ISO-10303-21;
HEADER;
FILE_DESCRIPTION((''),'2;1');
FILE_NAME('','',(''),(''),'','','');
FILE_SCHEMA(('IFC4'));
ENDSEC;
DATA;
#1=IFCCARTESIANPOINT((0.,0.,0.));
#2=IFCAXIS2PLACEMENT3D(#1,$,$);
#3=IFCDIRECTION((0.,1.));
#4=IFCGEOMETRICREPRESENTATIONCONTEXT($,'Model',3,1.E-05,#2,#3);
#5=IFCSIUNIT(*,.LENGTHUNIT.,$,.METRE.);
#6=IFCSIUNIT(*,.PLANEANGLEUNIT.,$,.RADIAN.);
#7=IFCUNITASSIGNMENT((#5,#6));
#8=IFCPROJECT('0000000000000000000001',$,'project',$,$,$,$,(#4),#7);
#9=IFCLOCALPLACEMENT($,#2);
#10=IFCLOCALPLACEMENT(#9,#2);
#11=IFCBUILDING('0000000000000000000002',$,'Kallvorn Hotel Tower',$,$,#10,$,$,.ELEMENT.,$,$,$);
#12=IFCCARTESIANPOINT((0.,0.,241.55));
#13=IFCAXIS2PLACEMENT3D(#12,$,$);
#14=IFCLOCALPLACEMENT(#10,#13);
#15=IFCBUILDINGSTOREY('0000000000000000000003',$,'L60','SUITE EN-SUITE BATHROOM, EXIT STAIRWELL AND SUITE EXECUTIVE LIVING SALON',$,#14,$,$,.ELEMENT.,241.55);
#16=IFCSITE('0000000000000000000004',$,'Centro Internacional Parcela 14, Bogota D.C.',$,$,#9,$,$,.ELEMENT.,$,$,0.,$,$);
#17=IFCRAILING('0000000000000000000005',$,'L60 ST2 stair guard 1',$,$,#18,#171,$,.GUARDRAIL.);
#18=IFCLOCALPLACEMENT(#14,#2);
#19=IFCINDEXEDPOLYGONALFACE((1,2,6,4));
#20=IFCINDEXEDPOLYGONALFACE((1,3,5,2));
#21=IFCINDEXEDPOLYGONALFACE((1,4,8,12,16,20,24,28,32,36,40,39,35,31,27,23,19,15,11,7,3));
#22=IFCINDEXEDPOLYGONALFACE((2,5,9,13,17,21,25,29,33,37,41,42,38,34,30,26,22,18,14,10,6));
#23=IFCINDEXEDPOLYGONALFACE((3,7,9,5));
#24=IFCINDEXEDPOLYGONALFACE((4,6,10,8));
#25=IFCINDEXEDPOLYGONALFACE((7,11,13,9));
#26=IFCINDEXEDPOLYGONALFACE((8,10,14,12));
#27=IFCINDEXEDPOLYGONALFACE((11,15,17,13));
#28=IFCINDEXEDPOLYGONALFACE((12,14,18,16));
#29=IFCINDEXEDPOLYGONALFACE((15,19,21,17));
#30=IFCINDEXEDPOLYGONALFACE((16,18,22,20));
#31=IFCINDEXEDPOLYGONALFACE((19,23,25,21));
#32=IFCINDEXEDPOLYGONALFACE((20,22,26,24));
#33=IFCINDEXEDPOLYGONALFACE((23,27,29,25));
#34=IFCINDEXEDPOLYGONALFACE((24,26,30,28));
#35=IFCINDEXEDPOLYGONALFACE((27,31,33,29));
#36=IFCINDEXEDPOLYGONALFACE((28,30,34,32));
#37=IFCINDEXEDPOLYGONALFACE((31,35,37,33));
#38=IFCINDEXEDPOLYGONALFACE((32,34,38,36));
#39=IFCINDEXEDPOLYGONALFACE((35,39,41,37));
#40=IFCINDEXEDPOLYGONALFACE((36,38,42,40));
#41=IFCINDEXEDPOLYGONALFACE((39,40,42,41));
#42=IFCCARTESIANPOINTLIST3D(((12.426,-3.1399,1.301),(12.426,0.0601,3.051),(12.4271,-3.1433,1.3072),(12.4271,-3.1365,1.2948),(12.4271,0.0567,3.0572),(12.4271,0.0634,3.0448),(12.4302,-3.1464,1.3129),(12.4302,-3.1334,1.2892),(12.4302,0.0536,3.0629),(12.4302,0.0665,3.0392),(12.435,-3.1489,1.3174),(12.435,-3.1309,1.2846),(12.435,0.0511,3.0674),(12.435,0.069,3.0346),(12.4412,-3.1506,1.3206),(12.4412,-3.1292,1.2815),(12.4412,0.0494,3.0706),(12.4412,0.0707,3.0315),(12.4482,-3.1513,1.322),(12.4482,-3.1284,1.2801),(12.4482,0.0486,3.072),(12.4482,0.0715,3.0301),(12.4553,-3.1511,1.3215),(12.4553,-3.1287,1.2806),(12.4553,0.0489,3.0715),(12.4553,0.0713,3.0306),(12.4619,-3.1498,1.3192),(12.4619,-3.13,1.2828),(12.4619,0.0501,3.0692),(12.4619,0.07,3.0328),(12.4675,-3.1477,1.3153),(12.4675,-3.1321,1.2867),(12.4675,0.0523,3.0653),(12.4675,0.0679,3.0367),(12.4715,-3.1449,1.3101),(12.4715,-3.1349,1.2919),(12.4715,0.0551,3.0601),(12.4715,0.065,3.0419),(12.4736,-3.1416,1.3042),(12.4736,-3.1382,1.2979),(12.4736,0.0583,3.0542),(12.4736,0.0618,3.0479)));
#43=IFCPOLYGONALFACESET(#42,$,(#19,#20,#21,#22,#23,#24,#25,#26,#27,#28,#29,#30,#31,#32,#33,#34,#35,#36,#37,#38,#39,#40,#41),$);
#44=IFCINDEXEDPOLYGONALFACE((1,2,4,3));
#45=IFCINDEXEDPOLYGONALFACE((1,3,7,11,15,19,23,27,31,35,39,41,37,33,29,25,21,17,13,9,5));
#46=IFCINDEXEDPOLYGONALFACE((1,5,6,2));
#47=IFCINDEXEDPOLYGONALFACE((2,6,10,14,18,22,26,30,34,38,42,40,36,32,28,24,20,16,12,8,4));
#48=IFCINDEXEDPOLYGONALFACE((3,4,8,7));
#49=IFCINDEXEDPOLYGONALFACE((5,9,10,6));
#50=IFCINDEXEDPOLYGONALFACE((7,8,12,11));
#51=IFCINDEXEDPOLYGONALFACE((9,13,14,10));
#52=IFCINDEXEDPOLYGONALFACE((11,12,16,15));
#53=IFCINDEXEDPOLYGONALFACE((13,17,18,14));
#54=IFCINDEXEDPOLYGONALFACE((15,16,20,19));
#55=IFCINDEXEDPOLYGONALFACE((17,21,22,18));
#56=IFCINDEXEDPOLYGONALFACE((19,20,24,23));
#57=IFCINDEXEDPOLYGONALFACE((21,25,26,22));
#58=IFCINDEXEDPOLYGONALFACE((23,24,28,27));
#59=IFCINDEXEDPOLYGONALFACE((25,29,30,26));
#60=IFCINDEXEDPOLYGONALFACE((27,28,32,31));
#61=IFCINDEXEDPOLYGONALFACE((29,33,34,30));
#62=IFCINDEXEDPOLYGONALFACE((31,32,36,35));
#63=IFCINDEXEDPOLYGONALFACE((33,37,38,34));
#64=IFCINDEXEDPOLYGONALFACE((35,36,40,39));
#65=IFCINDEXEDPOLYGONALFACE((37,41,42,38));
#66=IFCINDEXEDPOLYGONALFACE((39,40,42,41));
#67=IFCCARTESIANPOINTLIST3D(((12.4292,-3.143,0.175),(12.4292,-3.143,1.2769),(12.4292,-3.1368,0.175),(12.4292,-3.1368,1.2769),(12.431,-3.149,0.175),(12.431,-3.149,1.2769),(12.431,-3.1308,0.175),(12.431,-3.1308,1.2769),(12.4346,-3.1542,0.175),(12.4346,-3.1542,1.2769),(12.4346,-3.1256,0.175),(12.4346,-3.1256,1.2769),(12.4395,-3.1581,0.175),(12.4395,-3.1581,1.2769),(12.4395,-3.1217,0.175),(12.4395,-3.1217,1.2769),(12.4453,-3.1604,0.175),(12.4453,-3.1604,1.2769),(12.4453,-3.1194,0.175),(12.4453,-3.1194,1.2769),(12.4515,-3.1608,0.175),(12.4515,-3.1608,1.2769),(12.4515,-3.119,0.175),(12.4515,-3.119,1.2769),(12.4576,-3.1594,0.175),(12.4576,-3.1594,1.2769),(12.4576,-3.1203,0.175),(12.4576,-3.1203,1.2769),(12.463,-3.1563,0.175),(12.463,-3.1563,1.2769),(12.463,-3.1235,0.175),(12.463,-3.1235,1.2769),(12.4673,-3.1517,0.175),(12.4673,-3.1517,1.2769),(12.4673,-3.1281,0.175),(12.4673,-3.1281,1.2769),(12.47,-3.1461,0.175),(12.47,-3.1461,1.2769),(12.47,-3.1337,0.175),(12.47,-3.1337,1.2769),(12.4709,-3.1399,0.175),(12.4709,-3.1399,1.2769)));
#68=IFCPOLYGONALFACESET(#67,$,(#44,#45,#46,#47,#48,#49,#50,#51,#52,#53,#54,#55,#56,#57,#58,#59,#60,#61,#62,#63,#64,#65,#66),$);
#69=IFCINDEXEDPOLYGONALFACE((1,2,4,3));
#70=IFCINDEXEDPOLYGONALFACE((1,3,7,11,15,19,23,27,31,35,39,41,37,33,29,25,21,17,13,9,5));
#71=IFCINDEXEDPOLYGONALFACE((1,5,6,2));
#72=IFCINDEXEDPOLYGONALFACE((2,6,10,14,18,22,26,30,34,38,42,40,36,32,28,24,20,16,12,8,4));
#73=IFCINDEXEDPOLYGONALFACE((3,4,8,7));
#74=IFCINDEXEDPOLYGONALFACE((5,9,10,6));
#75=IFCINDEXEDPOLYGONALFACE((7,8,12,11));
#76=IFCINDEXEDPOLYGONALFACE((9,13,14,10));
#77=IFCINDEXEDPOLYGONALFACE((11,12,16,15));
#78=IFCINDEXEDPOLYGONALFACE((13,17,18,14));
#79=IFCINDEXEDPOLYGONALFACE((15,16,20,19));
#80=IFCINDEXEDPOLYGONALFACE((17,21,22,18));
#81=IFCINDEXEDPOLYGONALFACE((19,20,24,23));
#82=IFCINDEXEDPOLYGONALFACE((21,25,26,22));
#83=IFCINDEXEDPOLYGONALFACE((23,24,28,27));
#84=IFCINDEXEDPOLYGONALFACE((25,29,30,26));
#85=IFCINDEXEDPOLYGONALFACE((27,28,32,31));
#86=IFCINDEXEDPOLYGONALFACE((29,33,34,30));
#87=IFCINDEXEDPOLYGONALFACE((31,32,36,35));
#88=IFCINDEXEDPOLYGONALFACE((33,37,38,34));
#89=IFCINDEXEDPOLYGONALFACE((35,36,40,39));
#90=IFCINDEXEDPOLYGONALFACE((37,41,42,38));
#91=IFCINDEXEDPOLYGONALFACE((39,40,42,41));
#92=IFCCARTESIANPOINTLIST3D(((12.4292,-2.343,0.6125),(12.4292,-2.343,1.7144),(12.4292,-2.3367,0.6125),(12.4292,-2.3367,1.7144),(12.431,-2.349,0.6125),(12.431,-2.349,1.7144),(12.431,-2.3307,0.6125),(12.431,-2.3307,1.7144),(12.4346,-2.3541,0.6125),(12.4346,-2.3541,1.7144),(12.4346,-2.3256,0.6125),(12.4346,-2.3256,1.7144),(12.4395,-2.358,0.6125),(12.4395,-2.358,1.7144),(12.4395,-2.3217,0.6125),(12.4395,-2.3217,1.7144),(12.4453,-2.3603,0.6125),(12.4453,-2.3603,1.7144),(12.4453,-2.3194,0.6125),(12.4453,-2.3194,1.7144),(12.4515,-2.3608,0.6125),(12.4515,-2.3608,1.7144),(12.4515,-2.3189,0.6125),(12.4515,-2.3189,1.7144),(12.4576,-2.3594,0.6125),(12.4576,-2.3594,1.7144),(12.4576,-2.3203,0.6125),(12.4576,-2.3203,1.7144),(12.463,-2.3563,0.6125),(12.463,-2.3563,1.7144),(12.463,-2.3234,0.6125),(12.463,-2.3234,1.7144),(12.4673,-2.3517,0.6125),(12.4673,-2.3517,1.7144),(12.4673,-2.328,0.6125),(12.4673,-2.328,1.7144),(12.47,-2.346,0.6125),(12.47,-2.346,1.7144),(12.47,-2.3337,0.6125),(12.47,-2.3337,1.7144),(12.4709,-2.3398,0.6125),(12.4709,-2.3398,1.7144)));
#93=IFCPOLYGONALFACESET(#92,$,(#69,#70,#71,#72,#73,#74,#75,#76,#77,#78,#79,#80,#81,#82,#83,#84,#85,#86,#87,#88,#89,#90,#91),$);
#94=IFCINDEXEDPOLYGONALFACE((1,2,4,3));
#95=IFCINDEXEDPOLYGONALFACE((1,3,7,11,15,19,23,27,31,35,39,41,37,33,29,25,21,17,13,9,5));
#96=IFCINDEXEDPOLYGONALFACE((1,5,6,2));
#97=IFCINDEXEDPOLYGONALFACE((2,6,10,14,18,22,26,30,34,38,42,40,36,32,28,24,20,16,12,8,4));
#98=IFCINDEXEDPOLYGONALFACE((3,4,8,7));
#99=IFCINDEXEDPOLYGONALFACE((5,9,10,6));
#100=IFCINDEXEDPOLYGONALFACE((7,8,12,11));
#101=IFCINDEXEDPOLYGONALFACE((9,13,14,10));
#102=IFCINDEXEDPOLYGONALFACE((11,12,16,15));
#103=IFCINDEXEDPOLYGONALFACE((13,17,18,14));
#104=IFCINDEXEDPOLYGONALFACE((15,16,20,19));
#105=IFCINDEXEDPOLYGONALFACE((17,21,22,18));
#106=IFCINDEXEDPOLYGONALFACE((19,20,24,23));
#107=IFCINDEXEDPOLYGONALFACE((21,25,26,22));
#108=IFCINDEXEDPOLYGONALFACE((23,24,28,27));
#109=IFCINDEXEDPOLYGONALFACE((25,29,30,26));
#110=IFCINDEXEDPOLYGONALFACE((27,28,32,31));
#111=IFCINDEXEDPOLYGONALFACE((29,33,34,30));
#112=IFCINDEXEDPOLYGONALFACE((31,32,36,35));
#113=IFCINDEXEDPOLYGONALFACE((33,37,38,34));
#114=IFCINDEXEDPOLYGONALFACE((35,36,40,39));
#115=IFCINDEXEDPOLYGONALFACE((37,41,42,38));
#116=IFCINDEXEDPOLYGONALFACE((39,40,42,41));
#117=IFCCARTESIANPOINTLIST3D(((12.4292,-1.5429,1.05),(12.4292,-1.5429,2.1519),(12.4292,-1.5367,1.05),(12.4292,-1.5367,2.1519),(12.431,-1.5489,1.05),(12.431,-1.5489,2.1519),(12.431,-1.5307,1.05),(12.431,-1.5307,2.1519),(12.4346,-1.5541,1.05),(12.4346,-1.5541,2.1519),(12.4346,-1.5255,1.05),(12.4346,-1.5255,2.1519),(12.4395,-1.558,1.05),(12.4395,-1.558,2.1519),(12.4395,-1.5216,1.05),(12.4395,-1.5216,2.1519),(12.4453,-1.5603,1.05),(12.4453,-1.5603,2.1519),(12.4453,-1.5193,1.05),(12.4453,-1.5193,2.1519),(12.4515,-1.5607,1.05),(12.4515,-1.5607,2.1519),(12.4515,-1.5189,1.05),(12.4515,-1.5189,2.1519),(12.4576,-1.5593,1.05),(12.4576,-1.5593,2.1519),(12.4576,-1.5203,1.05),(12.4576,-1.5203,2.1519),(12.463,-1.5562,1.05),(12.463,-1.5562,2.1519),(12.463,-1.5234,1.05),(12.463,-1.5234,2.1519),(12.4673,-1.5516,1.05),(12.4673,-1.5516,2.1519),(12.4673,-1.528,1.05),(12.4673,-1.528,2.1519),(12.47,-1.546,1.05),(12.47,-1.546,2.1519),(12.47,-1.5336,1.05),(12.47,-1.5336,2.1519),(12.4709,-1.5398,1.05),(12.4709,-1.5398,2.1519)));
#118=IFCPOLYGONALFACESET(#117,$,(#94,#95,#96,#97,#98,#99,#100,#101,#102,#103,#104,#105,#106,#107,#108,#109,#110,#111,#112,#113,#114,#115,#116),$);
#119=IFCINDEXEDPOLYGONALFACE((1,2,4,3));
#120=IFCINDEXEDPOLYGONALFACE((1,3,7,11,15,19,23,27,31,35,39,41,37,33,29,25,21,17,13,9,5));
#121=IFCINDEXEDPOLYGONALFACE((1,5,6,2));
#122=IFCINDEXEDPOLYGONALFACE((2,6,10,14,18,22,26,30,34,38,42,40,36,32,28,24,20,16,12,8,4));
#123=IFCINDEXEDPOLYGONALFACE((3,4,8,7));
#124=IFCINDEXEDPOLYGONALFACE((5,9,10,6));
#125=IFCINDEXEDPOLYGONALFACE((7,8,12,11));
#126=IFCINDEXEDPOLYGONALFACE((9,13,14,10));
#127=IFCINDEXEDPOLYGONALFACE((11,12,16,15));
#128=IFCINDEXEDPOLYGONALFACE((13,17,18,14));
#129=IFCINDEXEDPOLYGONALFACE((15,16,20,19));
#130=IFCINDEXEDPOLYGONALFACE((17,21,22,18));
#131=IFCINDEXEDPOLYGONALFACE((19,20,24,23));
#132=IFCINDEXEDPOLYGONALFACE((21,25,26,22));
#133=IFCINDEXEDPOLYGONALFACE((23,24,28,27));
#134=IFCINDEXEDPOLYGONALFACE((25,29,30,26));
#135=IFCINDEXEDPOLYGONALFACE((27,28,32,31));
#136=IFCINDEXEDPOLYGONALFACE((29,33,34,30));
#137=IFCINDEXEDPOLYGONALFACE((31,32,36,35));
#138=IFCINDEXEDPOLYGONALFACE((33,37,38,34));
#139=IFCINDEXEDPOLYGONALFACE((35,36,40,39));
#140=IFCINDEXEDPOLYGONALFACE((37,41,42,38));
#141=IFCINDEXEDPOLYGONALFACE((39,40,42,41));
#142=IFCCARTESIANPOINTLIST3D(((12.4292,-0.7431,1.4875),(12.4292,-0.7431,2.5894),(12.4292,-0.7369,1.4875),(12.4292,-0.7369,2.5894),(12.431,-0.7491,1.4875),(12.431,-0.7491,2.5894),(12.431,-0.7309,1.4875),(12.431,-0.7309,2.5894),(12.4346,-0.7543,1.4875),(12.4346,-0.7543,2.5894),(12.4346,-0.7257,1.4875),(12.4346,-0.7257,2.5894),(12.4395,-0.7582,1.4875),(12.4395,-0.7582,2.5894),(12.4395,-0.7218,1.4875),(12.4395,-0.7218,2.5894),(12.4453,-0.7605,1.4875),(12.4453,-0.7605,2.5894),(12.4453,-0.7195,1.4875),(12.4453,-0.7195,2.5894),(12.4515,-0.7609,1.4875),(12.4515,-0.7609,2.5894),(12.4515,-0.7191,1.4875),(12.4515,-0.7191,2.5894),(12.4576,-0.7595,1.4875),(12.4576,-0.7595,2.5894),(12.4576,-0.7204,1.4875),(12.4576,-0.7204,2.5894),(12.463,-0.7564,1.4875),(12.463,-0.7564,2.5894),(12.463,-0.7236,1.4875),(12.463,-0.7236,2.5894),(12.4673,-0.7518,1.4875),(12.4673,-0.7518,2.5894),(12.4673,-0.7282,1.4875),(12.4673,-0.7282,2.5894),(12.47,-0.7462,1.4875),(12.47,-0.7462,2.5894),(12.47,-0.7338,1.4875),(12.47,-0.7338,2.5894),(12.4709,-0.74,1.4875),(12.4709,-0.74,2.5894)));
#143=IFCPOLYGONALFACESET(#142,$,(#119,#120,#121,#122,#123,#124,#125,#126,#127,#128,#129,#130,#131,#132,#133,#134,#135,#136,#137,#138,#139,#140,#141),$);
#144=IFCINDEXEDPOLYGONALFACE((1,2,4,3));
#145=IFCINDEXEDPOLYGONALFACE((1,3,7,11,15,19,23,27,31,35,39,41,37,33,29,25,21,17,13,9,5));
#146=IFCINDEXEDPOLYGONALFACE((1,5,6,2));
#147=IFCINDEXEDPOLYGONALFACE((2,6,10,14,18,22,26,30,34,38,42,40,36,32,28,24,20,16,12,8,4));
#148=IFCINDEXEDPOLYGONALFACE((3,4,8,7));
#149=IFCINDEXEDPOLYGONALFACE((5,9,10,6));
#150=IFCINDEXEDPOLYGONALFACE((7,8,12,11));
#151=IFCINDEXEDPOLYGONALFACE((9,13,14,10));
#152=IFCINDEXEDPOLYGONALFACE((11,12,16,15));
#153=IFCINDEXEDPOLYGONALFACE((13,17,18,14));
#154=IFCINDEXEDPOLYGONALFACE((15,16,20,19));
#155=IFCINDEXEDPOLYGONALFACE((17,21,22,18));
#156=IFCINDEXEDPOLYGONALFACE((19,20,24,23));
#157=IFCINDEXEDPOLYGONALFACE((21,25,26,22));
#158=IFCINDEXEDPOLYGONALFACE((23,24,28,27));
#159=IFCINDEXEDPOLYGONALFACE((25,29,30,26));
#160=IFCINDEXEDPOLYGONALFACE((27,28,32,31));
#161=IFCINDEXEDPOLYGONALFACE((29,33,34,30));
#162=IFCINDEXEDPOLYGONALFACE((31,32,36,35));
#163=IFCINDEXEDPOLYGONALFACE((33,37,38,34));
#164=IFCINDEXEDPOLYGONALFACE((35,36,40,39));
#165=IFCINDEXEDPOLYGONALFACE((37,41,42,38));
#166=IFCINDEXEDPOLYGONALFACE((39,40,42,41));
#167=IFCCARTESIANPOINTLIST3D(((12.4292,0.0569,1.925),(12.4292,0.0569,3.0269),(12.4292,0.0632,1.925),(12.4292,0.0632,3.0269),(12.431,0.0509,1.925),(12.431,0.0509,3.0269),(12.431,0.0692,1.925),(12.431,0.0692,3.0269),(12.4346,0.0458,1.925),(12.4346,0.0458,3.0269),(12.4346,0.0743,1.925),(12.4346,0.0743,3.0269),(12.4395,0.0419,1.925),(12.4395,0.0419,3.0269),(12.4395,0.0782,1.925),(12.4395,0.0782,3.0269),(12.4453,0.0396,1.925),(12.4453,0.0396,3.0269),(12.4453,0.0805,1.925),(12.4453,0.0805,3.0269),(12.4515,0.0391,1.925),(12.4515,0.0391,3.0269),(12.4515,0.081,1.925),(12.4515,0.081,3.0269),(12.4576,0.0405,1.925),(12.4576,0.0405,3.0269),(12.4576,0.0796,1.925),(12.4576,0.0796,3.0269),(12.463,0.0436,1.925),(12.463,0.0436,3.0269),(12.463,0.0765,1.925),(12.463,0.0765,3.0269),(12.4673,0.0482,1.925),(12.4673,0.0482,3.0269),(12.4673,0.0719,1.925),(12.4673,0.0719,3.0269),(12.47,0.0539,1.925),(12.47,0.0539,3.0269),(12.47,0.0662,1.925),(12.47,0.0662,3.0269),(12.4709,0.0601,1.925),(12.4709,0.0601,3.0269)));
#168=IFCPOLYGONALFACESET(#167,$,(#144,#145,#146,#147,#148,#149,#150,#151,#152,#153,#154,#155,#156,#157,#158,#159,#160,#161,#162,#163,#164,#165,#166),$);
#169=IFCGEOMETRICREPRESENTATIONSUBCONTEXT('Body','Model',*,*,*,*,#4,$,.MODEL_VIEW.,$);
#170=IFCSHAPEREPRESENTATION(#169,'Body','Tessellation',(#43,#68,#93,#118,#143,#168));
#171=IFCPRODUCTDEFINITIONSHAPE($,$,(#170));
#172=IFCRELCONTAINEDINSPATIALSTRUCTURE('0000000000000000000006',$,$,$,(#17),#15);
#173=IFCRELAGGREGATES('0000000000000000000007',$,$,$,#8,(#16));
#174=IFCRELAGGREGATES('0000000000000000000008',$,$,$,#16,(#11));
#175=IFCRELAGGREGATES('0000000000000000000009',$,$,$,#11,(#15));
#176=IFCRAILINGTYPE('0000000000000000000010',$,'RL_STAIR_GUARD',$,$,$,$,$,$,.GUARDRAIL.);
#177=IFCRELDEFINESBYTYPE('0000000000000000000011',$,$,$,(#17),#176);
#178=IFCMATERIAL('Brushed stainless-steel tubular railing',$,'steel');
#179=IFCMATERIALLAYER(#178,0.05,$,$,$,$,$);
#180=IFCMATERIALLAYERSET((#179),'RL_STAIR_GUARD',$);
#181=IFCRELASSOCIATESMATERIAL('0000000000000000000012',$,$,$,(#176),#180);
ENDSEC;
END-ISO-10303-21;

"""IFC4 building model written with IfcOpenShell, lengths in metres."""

from ifc_helpers import new_model, si_unit, direction, frame, origin, origin_2d, place, context, subcontext, project, spatial, circle, extrude, material, layer, layer_set, type_object, element, save


model = new_model("IFC4")

# Units and contexts
model_context = context("Model", 3, precision=1e-05, world=origin(), true_north=direction((0.0, 1.0)))
body_context = subcontext(model_context, "Body", "Model", "MODEL_VIEW")
ifc_project = project(units=[si_unit("LENGTHUNIT", "METRE"), si_unit("PLANEANGLEUNIT", "RADIAN")], contexts=[model_context])

# Site, building, storey
site_placement = place(None, origin())
site = spatial("IfcSite", under=ifc_project, at=site_placement, Name="Centro Internacional Parcela 14, Bogota D.C.", CompositionType="ELEMENT", RefElevation=0.0)
building_placement = place(site_placement, origin())
building = spatial("IfcBuilding", under=site, at=building_placement, Name="Kallvorn Hotel Tower", CompositionType="ELEMENT")
storey_placement = place(building_placement, frame((0.0, 0.0, 241.55)))
storey = spatial("IfcBuildingStorey", under=building, at=storey_placement, Name="L60", Description="SUITE EN-SUITE BATHROOM, EXIT STAIRWELL AND SUITE EXECUTIVE LIVING SALON", CompositionType="ELEMENT", Elevation=241.55)

# Railing
ifc_material_1 = material(Name="Brushed stainless-steel tubular railing", Category="steel")
ifc_layer_1 = layer(ifc_material_1, 0.05)
ifc_layer_set_1 = layer_set([ifc_layer_1], Name="RL_STAIR_GUARD")
railing_type_1 = type_object("IfcRailingType", Name="RL_STAIR_GUARD", PredefinedType="GUARDRAIL", material=ifc_layer_set_1)
railing_1_placement = place(storey_placement, frame((12.45, -3.1399, 0.175)))
element("IfcRailing", 1, at=railing_1_placement, inside=storey, type_object=railing_type_1, Name="L60 ST2 stair guard 1", PredefinedType="GUARDRAIL", context=body_context, shape_type="SweptSolid", body=[
    extrude(circle(Radius=0.0239, at=origin_2d()), frame((0.0, 0.0, 1.126), z_axis=(0.0, 0.877368, 0.479818), x_axis=(-1.0, 0.0, 0.0)), (0.0, 0.0, 1.0), 3.6472),
    extrude(circle(Radius=0.021, at=origin_2d()), origin(), (0.0, 0.0, 1.0), 1.1018),
    extrude(circle(Radius=0.021, at=origin_2d()), frame((0.0, 0.8, 0.4375)), (0.0, 0.0, 1.0), 1.1018),
    extrude(circle(Radius=0.021, at=origin_2d()), frame((0.0, 1.6001, 0.875)), (0.0, 0.0, 1.0), 1.1018),
    extrude(circle(Radius=0.021, at=origin_2d()), frame((0.0, 2.3999, 1.3125)), (0.0, 0.0, 1.0), 1.1018),
    extrude(circle(Radius=0.021, at=origin_2d()), frame((0.0, 3.2, 1.75)), (0.0, 0.0, 1.0), 1.1018),
])

save(model, "model.ifc")
